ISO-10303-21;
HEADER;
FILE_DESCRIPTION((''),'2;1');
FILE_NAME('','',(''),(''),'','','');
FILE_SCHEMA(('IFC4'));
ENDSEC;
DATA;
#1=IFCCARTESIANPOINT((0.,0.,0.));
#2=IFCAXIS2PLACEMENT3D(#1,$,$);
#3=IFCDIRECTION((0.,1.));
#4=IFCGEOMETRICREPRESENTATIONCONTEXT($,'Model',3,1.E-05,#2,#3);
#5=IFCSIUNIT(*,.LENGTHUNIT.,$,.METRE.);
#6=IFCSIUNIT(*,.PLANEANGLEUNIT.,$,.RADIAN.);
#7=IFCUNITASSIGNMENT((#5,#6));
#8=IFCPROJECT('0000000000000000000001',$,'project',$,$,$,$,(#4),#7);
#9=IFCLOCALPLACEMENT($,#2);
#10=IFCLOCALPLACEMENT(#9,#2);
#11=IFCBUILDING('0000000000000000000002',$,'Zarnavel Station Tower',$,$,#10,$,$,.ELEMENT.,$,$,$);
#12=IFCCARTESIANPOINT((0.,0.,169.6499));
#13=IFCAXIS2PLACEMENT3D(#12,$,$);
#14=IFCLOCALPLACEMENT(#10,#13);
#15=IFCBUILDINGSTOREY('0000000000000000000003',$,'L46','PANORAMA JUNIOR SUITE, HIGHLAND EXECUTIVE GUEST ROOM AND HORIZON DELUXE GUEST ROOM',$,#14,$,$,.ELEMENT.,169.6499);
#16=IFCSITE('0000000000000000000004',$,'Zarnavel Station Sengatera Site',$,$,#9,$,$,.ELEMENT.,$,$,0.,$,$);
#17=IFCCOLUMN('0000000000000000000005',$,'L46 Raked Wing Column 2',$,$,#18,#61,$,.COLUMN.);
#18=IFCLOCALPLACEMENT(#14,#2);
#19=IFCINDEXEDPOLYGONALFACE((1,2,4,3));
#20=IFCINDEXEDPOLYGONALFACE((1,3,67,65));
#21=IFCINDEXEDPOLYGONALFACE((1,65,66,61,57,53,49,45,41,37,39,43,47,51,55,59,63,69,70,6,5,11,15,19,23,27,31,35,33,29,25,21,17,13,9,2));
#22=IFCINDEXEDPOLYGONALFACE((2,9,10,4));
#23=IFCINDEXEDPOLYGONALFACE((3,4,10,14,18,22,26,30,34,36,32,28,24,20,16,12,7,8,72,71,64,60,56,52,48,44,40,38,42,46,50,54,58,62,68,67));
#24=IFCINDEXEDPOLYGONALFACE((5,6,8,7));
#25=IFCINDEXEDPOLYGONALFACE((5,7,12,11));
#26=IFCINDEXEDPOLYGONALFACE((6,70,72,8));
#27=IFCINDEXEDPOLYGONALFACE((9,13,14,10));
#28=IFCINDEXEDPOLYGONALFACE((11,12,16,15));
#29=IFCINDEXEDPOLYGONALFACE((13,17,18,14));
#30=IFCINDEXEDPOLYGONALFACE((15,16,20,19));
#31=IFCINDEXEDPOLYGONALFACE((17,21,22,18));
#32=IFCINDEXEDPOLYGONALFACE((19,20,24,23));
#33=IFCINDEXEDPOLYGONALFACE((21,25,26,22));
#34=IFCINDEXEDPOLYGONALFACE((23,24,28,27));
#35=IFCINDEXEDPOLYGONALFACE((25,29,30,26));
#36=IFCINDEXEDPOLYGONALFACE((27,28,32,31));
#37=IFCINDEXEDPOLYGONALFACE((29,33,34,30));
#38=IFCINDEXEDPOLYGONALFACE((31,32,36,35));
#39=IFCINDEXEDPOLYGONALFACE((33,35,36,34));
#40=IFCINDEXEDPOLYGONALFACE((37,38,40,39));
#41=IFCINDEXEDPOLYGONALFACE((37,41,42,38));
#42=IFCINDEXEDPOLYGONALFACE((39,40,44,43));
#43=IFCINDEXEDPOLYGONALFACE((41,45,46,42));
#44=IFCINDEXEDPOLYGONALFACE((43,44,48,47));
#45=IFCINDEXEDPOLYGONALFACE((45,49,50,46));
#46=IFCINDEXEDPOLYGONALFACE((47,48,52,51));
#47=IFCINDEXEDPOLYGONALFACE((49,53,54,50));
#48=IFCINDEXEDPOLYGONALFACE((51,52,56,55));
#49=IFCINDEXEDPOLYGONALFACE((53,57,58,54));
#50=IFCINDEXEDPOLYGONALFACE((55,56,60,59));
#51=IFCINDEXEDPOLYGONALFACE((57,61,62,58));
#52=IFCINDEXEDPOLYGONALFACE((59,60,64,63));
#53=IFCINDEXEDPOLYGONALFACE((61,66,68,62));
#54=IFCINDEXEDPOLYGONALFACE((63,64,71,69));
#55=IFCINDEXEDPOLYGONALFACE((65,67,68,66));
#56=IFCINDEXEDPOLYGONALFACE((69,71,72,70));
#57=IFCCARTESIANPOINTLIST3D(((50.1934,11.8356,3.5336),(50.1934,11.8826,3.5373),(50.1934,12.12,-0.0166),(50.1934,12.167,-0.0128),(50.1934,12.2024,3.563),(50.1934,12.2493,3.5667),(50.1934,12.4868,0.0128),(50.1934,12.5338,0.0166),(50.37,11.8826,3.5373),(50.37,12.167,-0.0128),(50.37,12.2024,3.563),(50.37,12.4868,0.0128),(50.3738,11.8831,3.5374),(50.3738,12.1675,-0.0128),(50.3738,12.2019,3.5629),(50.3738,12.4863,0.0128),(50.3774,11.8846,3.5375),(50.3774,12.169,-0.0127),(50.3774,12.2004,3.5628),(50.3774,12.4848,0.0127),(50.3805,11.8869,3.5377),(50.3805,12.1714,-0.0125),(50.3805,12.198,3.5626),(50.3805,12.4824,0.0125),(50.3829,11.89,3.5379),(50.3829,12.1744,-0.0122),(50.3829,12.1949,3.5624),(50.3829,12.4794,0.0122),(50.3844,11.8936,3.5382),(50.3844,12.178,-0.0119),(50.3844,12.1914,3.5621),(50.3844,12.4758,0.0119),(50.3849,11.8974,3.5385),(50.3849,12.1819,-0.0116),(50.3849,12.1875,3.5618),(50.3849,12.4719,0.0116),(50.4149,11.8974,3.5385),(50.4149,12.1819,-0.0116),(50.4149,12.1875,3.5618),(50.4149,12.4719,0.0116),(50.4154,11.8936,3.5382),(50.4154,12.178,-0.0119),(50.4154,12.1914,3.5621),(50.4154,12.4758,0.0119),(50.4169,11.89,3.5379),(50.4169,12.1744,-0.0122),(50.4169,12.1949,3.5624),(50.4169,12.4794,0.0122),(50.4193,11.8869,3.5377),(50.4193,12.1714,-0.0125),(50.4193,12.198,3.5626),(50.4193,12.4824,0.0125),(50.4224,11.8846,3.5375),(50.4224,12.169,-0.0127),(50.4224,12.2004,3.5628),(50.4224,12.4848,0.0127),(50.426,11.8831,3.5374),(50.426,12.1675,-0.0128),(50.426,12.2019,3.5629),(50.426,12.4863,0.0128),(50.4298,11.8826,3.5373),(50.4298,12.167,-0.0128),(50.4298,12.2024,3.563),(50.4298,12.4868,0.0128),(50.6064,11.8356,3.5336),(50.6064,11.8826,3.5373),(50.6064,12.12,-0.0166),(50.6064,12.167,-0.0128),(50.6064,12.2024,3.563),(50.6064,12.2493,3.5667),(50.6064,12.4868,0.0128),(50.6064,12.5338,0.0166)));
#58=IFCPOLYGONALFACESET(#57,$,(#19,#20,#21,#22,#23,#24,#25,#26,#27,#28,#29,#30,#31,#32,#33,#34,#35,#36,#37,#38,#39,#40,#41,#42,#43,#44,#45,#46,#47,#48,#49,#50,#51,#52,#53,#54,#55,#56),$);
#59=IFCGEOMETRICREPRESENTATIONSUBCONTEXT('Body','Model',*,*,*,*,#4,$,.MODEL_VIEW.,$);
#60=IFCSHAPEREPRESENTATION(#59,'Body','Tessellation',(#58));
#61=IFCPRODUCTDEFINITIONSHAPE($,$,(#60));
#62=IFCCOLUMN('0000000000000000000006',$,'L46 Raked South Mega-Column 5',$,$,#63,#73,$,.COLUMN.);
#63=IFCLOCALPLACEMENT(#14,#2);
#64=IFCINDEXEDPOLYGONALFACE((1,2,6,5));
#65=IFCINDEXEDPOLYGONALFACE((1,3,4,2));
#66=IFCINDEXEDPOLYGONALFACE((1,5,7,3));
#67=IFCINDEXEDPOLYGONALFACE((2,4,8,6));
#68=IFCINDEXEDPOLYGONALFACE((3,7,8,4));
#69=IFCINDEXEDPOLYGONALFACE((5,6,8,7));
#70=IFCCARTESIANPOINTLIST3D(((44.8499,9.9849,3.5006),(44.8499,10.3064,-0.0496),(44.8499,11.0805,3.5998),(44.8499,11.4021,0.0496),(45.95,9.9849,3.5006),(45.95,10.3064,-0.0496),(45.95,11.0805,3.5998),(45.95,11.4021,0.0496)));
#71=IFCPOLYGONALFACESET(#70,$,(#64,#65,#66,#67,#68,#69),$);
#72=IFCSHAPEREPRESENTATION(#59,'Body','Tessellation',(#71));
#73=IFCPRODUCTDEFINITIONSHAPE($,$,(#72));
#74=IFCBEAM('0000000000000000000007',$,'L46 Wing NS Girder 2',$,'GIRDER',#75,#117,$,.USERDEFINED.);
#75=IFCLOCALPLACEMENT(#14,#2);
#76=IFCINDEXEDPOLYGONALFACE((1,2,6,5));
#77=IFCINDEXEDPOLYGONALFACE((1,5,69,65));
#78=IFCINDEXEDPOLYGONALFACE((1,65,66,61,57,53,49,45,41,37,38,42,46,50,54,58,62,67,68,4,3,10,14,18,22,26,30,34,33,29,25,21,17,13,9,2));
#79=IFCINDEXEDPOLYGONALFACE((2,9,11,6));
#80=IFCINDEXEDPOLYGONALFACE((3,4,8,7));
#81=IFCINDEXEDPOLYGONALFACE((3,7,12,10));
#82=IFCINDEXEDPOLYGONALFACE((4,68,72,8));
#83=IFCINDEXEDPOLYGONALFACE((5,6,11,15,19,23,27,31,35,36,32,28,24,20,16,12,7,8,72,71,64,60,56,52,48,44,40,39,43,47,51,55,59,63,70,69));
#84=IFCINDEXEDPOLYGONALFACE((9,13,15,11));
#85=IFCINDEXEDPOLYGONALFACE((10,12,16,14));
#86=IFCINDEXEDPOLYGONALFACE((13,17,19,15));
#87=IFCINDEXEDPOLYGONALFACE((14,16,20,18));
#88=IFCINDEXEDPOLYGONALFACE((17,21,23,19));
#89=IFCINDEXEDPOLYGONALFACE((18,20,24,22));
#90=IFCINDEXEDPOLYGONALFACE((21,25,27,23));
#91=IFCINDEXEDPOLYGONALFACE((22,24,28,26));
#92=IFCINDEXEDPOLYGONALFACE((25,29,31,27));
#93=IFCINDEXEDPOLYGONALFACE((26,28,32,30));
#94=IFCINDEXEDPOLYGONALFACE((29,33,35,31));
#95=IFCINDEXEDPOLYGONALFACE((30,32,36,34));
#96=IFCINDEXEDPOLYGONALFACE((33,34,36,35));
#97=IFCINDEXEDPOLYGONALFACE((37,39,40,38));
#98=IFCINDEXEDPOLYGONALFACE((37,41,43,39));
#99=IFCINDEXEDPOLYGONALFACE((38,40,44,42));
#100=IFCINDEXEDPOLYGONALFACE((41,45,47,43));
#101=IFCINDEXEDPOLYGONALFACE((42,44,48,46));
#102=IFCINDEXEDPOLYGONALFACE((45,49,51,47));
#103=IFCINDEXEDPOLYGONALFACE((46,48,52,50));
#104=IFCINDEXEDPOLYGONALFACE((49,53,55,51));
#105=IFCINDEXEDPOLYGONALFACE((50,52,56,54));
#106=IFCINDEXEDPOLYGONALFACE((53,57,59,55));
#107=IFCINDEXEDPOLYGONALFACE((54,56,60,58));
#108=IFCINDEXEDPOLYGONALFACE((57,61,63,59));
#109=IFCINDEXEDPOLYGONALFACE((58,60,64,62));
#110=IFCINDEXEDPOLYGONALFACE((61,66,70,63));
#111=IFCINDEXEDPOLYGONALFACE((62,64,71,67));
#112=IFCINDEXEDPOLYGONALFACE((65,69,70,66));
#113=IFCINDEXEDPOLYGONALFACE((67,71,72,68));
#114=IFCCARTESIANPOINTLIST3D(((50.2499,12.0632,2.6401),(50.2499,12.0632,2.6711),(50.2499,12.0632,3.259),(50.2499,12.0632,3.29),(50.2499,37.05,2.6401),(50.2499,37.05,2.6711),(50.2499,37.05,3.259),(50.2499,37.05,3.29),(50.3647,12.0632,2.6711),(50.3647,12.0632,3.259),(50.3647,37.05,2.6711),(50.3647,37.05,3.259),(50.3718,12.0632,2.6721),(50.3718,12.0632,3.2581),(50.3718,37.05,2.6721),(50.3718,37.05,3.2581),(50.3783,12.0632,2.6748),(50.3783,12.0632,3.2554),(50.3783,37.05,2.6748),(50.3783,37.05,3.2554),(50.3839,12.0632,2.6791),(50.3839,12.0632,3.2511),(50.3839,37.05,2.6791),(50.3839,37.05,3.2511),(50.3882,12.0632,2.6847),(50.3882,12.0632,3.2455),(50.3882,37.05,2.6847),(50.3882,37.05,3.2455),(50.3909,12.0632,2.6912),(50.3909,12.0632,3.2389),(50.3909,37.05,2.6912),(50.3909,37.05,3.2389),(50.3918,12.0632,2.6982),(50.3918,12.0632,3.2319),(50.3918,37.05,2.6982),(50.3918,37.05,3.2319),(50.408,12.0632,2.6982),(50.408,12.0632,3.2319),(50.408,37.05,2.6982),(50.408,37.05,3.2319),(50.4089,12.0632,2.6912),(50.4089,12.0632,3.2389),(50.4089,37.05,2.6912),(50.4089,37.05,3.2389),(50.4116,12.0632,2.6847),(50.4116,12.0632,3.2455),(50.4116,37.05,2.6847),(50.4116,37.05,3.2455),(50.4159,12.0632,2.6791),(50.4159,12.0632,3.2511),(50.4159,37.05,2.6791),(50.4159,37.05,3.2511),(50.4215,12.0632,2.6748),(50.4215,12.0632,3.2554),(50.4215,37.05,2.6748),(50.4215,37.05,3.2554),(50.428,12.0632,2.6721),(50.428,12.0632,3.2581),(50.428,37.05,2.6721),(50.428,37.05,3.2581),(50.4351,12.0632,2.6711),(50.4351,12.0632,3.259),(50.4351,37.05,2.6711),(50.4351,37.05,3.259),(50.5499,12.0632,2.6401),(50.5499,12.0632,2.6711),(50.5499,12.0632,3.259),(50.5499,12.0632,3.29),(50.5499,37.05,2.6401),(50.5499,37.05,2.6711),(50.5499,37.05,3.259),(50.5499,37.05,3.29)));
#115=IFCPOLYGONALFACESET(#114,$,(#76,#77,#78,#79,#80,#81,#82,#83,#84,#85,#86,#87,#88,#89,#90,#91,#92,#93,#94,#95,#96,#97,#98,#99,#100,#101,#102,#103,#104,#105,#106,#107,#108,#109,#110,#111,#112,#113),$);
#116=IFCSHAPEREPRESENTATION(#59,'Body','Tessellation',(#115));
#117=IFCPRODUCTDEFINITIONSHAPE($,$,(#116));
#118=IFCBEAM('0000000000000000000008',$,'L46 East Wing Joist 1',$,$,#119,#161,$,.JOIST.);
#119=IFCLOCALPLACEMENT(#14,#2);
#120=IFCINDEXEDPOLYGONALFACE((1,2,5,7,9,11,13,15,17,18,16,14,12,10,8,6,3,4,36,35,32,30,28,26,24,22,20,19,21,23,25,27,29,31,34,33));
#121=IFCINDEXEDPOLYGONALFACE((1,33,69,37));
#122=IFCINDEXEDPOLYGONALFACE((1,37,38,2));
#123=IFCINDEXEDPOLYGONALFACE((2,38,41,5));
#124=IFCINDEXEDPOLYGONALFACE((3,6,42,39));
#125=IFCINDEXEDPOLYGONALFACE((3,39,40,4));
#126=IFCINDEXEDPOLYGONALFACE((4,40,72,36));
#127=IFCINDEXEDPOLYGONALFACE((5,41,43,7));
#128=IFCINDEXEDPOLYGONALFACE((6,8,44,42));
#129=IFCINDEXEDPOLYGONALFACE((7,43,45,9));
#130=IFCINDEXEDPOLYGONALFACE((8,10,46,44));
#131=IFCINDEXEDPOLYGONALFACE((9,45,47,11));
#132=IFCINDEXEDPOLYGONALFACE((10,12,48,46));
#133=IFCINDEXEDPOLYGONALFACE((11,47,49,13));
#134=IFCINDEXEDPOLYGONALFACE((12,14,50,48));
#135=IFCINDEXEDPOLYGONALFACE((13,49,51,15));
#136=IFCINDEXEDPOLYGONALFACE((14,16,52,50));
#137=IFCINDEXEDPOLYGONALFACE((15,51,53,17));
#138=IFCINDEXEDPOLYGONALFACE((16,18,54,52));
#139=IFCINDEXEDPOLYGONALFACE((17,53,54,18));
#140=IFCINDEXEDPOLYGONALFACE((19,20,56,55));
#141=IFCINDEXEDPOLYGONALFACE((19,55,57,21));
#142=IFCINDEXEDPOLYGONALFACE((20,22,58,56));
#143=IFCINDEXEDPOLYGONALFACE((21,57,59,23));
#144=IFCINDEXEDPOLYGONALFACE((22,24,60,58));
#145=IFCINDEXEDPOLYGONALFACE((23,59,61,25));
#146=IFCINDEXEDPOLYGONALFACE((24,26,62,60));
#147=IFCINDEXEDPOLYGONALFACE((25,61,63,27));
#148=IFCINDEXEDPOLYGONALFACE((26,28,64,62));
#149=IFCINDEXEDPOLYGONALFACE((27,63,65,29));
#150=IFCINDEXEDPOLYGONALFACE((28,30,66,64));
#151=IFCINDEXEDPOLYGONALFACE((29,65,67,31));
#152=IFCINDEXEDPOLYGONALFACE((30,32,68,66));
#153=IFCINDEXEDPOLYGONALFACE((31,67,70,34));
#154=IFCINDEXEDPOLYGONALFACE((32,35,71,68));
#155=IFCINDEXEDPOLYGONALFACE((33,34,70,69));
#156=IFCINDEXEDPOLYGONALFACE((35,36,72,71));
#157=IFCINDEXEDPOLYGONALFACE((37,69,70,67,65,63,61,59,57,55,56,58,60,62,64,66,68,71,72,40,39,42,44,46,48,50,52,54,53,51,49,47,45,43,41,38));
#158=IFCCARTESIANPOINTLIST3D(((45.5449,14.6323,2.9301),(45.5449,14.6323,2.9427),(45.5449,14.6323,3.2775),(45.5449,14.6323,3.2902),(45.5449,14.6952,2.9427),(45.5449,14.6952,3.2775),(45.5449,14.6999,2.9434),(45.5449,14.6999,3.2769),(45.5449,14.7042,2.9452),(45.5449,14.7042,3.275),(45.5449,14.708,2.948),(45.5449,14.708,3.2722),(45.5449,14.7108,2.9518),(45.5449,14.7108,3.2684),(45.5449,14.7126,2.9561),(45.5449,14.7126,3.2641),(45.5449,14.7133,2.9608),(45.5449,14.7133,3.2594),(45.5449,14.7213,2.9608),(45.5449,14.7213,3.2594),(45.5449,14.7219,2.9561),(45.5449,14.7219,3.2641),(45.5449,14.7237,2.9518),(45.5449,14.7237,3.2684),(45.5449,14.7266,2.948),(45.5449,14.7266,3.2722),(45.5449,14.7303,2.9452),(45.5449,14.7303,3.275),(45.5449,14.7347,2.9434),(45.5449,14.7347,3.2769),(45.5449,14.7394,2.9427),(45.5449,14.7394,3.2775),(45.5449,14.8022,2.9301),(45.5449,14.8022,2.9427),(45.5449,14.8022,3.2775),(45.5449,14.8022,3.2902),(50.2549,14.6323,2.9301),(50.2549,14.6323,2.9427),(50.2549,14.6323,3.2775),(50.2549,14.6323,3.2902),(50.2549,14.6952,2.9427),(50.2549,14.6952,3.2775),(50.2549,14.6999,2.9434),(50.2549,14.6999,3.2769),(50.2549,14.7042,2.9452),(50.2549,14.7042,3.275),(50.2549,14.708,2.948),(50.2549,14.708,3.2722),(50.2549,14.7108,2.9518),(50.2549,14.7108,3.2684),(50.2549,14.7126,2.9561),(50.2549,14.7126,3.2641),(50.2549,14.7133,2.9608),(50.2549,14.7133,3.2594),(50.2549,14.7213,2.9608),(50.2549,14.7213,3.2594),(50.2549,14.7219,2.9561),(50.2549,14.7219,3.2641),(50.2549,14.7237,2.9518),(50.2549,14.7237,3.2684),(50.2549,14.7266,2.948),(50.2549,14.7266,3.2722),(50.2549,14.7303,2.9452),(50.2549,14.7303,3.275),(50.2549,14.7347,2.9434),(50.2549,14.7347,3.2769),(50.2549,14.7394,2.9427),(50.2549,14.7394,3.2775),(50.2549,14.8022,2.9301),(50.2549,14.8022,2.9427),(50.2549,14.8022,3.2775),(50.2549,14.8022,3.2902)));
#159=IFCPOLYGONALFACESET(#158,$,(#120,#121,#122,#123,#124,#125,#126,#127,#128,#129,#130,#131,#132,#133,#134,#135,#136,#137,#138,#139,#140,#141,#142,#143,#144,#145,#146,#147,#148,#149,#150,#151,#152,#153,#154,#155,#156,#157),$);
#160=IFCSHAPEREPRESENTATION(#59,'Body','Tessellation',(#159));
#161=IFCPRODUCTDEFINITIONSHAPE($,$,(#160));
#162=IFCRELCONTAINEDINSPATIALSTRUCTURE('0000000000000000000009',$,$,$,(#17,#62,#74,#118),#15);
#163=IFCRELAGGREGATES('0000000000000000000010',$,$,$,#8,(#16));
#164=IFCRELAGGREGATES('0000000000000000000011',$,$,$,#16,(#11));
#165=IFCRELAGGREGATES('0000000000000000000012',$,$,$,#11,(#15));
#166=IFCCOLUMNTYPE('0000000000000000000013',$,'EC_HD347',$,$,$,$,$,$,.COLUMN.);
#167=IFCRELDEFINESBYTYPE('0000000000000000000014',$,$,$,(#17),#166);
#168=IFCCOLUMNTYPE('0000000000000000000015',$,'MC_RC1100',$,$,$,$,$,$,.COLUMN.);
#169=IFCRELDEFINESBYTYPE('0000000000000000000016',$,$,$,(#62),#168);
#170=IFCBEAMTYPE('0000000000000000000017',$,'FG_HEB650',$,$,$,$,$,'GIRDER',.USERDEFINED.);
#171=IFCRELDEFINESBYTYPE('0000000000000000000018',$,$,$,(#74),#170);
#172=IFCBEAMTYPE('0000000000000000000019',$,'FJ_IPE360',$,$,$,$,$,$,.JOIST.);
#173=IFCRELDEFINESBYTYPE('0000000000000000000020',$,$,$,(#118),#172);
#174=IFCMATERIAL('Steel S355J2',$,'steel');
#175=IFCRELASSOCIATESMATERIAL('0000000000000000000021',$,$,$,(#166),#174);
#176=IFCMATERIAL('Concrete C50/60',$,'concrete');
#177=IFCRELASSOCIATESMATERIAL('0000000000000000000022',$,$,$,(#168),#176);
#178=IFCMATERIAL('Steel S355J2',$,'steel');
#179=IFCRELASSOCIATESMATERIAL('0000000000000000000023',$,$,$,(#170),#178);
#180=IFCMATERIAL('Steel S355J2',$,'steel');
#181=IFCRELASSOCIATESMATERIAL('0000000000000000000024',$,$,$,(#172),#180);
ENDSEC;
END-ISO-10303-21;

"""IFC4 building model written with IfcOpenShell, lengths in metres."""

from ifc_helpers import new_model, si_unit, direction, frame, origin, origin_2d, place, context, subcontext, project, spatial, rectangle, i_section, extrude, material, material_profile, profile_set, type_object, element, save


model = new_model("IFC4")

# Units and contexts
model_context = context("Model", 3, precision=1e-05, world=origin(), true_north=direction((0.0, 1.0)))
body_context = subcontext(model_context, "Body", "Model", "MODEL_VIEW")
ifc_project = project(units=[si_unit("LENGTHUNIT", "METRE"), si_unit("PLANEANGLEUNIT", "RADIAN")], contexts=[model_context])

# Site, building, storey
site_placement = place(None, origin())
site = spatial("IfcSite", under=ifc_project, at=site_placement, Name="Zarnavel Station Sengatera Site", CompositionType="ELEMENT", RefElevation=0.0)
building_placement = place(site_placement, origin())
building = spatial("IfcBuilding", under=site, at=building_placement, Name="Zarnavel Station Tower", CompositionType="ELEMENT")
storey_placement = place(building_placement, frame((0.0, 0.0, 169.6499)))
storey = spatial("IfcBuildingStorey", under=building, at=storey_placement, Name="L46", Description="PANORAMA JUNIOR SUITE, HIGHLAND EXECUTIVE GUEST ROOM AND HORIZON DELUXE GUEST ROOM", CompositionType="ELEMENT", Elevation=169.6499)

# Columns
ifc_material_1 = material(Name="Steel S355J2", Category="steel")
ifc_material_profile_1 = material_profile(ifc_material_1, i_section(OverallWidth=0.4131, OverallDepth=0.415, WebThickness=0.03, FlangeThickness=0.0471, FilletRadius=0.0149, at=origin_2d()), Name="HD400x347")
ifc_profile_set_1 = profile_set([ifc_material_profile_1], Name="Steel S355J2")
column_type_1 = type_object("IfcColumnType", Name="EC_HD347", PredefinedType="COLUMN", material=ifc_profile_set_1)
column_1_placement = place(storey_placement, frame((50.3999, 12.3269, 0.0), z_axis=(0.0, -0.079862, 0.996806), x_axis=(1.0, 0.0, 0.0)))
element("IfcColumn", 1, at=column_1_placement, inside=storey, type_object=column_type_1, Name="L46 Raked Wing Column 2", PredefinedType="COLUMN", context=body_context, shape_type="SweptSolid", body=[
    extrude(i_section(OverallWidth=0.4131, OverallDepth=0.415, WebThickness=0.03, FlangeThickness=0.0471, FilletRadius=0.0149, at=origin_2d()), origin(), (0.0, 0.0, 1.0), 3.5615),
])
ifc_material_2 = material(Name="Concrete C50/60", Category="concrete")
ifc_material_profile_2 = material_profile(ifc_material_2, rectangle(XDim=1.1001, YDim=1.1001, at=origin_2d()), Name="RC1100x1100")
ifc_profile_set_2 = profile_set([ifc_material_profile_2], Name="Concrete C50/60")
column_type_2 = type_object("IfcColumnType", Name="MC_RC1100", PredefinedType="COLUMN", material=ifc_profile_set_2)
column_2_placement = place(storey_placement, frame((45.3999, 10.8542, 0.0), z_axis=(0.0, -0.090202, 0.995923), x_axis=(1.0, 0.0, 0.0)))
element("IfcColumn", 2, at=column_2_placement, inside=storey, type_object=column_type_2, Name="L46 Raked South Mega-Column 5", PredefinedType="COLUMN", context=body_context, shape_type="SweptSolid", body=[
    extrude(rectangle(XDim=1.1001, YDim=1.1001, at=origin_2d()), origin(), (0.0, 0.0, 1.0), 3.5647),
])

# Beams
ifc_material_3 = material(Name="Steel S355J2", Category="steel")
ifc_material_profile_3 = material_profile(ifc_material_3, i_section(OverallWidth=0.3, OverallDepth=0.6499, WebThickness=0.0161, FlangeThickness=0.031, FilletRadius=0.0271, at=origin_2d()), Name="HEB650")
ifc_profile_set_3 = profile_set([ifc_material_profile_3], Name="Steel S355J2")
beam_type_1 = type_object("IfcBeamType", Name="FG_HEB650", ElementType="GIRDER", PredefinedType="USERDEFINED", material=ifc_profile_set_3)
beam_1_placement = place(storey_placement, frame((50.3999, 12.0632, 2.9651), z_axis=(0.0, 1.0, 0.0), x_axis=(-1.0, 0.0, 0.0)))
element("IfcBeam", 3, at=beam_1_placement, inside=storey, type_object=beam_type_1, Name="L46 Wing NS Girder 2", ObjectType="GIRDER", PredefinedType="USERDEFINED", context=body_context, shape_type="SweptSolid", body=[
    extrude(i_section(OverallWidth=0.3, OverallDepth=0.6499, WebThickness=0.0161, FlangeThickness=0.031, FilletRadius=0.0271, at=origin_2d()), origin(), (0.0, 0.0, 1.0), 24.9868),
])
ifc_material_4 = material(Name="Steel S355J2", Category="steel")
ifc_material_profile_4 = material_profile(ifc_material_4, i_section(OverallWidth=0.1699, OverallDepth=0.3601, WebThickness=0.0081, FlangeThickness=0.0127, FilletRadius=0.0181, at=origin_2d()), Name="IPE360")
ifc_profile_set_4 = profile_set([ifc_material_profile_4], Name="Steel S355J2")
beam_type_2 = type_object("IfcBeamType", Name="FJ_IPE360", PredefinedType="JOIST", material=ifc_profile_set_4)
beam_2_placement = place(storey_placement, frame((45.5449, 14.7173, 3.1101), z_axis=(1.0, 0.0, 0.0), x_axis=(0.0, 1.0, 0.0)))
element("IfcBeam", 4, at=beam_2_placement, inside=storey, type_object=beam_type_2, Name="L46 East Wing Joist 1", PredefinedType="JOIST", context=body_context, shape_type="SweptSolid", body=[
    extrude(i_section(OverallWidth=0.1699, OverallDepth=0.3601, WebThickness=0.0081, FlangeThickness=0.0127, FilletRadius=0.0181, at=origin_2d()), origin(), (0.0, 0.0, 1.0), 4.71),
])

save(model, "model.ifc")
